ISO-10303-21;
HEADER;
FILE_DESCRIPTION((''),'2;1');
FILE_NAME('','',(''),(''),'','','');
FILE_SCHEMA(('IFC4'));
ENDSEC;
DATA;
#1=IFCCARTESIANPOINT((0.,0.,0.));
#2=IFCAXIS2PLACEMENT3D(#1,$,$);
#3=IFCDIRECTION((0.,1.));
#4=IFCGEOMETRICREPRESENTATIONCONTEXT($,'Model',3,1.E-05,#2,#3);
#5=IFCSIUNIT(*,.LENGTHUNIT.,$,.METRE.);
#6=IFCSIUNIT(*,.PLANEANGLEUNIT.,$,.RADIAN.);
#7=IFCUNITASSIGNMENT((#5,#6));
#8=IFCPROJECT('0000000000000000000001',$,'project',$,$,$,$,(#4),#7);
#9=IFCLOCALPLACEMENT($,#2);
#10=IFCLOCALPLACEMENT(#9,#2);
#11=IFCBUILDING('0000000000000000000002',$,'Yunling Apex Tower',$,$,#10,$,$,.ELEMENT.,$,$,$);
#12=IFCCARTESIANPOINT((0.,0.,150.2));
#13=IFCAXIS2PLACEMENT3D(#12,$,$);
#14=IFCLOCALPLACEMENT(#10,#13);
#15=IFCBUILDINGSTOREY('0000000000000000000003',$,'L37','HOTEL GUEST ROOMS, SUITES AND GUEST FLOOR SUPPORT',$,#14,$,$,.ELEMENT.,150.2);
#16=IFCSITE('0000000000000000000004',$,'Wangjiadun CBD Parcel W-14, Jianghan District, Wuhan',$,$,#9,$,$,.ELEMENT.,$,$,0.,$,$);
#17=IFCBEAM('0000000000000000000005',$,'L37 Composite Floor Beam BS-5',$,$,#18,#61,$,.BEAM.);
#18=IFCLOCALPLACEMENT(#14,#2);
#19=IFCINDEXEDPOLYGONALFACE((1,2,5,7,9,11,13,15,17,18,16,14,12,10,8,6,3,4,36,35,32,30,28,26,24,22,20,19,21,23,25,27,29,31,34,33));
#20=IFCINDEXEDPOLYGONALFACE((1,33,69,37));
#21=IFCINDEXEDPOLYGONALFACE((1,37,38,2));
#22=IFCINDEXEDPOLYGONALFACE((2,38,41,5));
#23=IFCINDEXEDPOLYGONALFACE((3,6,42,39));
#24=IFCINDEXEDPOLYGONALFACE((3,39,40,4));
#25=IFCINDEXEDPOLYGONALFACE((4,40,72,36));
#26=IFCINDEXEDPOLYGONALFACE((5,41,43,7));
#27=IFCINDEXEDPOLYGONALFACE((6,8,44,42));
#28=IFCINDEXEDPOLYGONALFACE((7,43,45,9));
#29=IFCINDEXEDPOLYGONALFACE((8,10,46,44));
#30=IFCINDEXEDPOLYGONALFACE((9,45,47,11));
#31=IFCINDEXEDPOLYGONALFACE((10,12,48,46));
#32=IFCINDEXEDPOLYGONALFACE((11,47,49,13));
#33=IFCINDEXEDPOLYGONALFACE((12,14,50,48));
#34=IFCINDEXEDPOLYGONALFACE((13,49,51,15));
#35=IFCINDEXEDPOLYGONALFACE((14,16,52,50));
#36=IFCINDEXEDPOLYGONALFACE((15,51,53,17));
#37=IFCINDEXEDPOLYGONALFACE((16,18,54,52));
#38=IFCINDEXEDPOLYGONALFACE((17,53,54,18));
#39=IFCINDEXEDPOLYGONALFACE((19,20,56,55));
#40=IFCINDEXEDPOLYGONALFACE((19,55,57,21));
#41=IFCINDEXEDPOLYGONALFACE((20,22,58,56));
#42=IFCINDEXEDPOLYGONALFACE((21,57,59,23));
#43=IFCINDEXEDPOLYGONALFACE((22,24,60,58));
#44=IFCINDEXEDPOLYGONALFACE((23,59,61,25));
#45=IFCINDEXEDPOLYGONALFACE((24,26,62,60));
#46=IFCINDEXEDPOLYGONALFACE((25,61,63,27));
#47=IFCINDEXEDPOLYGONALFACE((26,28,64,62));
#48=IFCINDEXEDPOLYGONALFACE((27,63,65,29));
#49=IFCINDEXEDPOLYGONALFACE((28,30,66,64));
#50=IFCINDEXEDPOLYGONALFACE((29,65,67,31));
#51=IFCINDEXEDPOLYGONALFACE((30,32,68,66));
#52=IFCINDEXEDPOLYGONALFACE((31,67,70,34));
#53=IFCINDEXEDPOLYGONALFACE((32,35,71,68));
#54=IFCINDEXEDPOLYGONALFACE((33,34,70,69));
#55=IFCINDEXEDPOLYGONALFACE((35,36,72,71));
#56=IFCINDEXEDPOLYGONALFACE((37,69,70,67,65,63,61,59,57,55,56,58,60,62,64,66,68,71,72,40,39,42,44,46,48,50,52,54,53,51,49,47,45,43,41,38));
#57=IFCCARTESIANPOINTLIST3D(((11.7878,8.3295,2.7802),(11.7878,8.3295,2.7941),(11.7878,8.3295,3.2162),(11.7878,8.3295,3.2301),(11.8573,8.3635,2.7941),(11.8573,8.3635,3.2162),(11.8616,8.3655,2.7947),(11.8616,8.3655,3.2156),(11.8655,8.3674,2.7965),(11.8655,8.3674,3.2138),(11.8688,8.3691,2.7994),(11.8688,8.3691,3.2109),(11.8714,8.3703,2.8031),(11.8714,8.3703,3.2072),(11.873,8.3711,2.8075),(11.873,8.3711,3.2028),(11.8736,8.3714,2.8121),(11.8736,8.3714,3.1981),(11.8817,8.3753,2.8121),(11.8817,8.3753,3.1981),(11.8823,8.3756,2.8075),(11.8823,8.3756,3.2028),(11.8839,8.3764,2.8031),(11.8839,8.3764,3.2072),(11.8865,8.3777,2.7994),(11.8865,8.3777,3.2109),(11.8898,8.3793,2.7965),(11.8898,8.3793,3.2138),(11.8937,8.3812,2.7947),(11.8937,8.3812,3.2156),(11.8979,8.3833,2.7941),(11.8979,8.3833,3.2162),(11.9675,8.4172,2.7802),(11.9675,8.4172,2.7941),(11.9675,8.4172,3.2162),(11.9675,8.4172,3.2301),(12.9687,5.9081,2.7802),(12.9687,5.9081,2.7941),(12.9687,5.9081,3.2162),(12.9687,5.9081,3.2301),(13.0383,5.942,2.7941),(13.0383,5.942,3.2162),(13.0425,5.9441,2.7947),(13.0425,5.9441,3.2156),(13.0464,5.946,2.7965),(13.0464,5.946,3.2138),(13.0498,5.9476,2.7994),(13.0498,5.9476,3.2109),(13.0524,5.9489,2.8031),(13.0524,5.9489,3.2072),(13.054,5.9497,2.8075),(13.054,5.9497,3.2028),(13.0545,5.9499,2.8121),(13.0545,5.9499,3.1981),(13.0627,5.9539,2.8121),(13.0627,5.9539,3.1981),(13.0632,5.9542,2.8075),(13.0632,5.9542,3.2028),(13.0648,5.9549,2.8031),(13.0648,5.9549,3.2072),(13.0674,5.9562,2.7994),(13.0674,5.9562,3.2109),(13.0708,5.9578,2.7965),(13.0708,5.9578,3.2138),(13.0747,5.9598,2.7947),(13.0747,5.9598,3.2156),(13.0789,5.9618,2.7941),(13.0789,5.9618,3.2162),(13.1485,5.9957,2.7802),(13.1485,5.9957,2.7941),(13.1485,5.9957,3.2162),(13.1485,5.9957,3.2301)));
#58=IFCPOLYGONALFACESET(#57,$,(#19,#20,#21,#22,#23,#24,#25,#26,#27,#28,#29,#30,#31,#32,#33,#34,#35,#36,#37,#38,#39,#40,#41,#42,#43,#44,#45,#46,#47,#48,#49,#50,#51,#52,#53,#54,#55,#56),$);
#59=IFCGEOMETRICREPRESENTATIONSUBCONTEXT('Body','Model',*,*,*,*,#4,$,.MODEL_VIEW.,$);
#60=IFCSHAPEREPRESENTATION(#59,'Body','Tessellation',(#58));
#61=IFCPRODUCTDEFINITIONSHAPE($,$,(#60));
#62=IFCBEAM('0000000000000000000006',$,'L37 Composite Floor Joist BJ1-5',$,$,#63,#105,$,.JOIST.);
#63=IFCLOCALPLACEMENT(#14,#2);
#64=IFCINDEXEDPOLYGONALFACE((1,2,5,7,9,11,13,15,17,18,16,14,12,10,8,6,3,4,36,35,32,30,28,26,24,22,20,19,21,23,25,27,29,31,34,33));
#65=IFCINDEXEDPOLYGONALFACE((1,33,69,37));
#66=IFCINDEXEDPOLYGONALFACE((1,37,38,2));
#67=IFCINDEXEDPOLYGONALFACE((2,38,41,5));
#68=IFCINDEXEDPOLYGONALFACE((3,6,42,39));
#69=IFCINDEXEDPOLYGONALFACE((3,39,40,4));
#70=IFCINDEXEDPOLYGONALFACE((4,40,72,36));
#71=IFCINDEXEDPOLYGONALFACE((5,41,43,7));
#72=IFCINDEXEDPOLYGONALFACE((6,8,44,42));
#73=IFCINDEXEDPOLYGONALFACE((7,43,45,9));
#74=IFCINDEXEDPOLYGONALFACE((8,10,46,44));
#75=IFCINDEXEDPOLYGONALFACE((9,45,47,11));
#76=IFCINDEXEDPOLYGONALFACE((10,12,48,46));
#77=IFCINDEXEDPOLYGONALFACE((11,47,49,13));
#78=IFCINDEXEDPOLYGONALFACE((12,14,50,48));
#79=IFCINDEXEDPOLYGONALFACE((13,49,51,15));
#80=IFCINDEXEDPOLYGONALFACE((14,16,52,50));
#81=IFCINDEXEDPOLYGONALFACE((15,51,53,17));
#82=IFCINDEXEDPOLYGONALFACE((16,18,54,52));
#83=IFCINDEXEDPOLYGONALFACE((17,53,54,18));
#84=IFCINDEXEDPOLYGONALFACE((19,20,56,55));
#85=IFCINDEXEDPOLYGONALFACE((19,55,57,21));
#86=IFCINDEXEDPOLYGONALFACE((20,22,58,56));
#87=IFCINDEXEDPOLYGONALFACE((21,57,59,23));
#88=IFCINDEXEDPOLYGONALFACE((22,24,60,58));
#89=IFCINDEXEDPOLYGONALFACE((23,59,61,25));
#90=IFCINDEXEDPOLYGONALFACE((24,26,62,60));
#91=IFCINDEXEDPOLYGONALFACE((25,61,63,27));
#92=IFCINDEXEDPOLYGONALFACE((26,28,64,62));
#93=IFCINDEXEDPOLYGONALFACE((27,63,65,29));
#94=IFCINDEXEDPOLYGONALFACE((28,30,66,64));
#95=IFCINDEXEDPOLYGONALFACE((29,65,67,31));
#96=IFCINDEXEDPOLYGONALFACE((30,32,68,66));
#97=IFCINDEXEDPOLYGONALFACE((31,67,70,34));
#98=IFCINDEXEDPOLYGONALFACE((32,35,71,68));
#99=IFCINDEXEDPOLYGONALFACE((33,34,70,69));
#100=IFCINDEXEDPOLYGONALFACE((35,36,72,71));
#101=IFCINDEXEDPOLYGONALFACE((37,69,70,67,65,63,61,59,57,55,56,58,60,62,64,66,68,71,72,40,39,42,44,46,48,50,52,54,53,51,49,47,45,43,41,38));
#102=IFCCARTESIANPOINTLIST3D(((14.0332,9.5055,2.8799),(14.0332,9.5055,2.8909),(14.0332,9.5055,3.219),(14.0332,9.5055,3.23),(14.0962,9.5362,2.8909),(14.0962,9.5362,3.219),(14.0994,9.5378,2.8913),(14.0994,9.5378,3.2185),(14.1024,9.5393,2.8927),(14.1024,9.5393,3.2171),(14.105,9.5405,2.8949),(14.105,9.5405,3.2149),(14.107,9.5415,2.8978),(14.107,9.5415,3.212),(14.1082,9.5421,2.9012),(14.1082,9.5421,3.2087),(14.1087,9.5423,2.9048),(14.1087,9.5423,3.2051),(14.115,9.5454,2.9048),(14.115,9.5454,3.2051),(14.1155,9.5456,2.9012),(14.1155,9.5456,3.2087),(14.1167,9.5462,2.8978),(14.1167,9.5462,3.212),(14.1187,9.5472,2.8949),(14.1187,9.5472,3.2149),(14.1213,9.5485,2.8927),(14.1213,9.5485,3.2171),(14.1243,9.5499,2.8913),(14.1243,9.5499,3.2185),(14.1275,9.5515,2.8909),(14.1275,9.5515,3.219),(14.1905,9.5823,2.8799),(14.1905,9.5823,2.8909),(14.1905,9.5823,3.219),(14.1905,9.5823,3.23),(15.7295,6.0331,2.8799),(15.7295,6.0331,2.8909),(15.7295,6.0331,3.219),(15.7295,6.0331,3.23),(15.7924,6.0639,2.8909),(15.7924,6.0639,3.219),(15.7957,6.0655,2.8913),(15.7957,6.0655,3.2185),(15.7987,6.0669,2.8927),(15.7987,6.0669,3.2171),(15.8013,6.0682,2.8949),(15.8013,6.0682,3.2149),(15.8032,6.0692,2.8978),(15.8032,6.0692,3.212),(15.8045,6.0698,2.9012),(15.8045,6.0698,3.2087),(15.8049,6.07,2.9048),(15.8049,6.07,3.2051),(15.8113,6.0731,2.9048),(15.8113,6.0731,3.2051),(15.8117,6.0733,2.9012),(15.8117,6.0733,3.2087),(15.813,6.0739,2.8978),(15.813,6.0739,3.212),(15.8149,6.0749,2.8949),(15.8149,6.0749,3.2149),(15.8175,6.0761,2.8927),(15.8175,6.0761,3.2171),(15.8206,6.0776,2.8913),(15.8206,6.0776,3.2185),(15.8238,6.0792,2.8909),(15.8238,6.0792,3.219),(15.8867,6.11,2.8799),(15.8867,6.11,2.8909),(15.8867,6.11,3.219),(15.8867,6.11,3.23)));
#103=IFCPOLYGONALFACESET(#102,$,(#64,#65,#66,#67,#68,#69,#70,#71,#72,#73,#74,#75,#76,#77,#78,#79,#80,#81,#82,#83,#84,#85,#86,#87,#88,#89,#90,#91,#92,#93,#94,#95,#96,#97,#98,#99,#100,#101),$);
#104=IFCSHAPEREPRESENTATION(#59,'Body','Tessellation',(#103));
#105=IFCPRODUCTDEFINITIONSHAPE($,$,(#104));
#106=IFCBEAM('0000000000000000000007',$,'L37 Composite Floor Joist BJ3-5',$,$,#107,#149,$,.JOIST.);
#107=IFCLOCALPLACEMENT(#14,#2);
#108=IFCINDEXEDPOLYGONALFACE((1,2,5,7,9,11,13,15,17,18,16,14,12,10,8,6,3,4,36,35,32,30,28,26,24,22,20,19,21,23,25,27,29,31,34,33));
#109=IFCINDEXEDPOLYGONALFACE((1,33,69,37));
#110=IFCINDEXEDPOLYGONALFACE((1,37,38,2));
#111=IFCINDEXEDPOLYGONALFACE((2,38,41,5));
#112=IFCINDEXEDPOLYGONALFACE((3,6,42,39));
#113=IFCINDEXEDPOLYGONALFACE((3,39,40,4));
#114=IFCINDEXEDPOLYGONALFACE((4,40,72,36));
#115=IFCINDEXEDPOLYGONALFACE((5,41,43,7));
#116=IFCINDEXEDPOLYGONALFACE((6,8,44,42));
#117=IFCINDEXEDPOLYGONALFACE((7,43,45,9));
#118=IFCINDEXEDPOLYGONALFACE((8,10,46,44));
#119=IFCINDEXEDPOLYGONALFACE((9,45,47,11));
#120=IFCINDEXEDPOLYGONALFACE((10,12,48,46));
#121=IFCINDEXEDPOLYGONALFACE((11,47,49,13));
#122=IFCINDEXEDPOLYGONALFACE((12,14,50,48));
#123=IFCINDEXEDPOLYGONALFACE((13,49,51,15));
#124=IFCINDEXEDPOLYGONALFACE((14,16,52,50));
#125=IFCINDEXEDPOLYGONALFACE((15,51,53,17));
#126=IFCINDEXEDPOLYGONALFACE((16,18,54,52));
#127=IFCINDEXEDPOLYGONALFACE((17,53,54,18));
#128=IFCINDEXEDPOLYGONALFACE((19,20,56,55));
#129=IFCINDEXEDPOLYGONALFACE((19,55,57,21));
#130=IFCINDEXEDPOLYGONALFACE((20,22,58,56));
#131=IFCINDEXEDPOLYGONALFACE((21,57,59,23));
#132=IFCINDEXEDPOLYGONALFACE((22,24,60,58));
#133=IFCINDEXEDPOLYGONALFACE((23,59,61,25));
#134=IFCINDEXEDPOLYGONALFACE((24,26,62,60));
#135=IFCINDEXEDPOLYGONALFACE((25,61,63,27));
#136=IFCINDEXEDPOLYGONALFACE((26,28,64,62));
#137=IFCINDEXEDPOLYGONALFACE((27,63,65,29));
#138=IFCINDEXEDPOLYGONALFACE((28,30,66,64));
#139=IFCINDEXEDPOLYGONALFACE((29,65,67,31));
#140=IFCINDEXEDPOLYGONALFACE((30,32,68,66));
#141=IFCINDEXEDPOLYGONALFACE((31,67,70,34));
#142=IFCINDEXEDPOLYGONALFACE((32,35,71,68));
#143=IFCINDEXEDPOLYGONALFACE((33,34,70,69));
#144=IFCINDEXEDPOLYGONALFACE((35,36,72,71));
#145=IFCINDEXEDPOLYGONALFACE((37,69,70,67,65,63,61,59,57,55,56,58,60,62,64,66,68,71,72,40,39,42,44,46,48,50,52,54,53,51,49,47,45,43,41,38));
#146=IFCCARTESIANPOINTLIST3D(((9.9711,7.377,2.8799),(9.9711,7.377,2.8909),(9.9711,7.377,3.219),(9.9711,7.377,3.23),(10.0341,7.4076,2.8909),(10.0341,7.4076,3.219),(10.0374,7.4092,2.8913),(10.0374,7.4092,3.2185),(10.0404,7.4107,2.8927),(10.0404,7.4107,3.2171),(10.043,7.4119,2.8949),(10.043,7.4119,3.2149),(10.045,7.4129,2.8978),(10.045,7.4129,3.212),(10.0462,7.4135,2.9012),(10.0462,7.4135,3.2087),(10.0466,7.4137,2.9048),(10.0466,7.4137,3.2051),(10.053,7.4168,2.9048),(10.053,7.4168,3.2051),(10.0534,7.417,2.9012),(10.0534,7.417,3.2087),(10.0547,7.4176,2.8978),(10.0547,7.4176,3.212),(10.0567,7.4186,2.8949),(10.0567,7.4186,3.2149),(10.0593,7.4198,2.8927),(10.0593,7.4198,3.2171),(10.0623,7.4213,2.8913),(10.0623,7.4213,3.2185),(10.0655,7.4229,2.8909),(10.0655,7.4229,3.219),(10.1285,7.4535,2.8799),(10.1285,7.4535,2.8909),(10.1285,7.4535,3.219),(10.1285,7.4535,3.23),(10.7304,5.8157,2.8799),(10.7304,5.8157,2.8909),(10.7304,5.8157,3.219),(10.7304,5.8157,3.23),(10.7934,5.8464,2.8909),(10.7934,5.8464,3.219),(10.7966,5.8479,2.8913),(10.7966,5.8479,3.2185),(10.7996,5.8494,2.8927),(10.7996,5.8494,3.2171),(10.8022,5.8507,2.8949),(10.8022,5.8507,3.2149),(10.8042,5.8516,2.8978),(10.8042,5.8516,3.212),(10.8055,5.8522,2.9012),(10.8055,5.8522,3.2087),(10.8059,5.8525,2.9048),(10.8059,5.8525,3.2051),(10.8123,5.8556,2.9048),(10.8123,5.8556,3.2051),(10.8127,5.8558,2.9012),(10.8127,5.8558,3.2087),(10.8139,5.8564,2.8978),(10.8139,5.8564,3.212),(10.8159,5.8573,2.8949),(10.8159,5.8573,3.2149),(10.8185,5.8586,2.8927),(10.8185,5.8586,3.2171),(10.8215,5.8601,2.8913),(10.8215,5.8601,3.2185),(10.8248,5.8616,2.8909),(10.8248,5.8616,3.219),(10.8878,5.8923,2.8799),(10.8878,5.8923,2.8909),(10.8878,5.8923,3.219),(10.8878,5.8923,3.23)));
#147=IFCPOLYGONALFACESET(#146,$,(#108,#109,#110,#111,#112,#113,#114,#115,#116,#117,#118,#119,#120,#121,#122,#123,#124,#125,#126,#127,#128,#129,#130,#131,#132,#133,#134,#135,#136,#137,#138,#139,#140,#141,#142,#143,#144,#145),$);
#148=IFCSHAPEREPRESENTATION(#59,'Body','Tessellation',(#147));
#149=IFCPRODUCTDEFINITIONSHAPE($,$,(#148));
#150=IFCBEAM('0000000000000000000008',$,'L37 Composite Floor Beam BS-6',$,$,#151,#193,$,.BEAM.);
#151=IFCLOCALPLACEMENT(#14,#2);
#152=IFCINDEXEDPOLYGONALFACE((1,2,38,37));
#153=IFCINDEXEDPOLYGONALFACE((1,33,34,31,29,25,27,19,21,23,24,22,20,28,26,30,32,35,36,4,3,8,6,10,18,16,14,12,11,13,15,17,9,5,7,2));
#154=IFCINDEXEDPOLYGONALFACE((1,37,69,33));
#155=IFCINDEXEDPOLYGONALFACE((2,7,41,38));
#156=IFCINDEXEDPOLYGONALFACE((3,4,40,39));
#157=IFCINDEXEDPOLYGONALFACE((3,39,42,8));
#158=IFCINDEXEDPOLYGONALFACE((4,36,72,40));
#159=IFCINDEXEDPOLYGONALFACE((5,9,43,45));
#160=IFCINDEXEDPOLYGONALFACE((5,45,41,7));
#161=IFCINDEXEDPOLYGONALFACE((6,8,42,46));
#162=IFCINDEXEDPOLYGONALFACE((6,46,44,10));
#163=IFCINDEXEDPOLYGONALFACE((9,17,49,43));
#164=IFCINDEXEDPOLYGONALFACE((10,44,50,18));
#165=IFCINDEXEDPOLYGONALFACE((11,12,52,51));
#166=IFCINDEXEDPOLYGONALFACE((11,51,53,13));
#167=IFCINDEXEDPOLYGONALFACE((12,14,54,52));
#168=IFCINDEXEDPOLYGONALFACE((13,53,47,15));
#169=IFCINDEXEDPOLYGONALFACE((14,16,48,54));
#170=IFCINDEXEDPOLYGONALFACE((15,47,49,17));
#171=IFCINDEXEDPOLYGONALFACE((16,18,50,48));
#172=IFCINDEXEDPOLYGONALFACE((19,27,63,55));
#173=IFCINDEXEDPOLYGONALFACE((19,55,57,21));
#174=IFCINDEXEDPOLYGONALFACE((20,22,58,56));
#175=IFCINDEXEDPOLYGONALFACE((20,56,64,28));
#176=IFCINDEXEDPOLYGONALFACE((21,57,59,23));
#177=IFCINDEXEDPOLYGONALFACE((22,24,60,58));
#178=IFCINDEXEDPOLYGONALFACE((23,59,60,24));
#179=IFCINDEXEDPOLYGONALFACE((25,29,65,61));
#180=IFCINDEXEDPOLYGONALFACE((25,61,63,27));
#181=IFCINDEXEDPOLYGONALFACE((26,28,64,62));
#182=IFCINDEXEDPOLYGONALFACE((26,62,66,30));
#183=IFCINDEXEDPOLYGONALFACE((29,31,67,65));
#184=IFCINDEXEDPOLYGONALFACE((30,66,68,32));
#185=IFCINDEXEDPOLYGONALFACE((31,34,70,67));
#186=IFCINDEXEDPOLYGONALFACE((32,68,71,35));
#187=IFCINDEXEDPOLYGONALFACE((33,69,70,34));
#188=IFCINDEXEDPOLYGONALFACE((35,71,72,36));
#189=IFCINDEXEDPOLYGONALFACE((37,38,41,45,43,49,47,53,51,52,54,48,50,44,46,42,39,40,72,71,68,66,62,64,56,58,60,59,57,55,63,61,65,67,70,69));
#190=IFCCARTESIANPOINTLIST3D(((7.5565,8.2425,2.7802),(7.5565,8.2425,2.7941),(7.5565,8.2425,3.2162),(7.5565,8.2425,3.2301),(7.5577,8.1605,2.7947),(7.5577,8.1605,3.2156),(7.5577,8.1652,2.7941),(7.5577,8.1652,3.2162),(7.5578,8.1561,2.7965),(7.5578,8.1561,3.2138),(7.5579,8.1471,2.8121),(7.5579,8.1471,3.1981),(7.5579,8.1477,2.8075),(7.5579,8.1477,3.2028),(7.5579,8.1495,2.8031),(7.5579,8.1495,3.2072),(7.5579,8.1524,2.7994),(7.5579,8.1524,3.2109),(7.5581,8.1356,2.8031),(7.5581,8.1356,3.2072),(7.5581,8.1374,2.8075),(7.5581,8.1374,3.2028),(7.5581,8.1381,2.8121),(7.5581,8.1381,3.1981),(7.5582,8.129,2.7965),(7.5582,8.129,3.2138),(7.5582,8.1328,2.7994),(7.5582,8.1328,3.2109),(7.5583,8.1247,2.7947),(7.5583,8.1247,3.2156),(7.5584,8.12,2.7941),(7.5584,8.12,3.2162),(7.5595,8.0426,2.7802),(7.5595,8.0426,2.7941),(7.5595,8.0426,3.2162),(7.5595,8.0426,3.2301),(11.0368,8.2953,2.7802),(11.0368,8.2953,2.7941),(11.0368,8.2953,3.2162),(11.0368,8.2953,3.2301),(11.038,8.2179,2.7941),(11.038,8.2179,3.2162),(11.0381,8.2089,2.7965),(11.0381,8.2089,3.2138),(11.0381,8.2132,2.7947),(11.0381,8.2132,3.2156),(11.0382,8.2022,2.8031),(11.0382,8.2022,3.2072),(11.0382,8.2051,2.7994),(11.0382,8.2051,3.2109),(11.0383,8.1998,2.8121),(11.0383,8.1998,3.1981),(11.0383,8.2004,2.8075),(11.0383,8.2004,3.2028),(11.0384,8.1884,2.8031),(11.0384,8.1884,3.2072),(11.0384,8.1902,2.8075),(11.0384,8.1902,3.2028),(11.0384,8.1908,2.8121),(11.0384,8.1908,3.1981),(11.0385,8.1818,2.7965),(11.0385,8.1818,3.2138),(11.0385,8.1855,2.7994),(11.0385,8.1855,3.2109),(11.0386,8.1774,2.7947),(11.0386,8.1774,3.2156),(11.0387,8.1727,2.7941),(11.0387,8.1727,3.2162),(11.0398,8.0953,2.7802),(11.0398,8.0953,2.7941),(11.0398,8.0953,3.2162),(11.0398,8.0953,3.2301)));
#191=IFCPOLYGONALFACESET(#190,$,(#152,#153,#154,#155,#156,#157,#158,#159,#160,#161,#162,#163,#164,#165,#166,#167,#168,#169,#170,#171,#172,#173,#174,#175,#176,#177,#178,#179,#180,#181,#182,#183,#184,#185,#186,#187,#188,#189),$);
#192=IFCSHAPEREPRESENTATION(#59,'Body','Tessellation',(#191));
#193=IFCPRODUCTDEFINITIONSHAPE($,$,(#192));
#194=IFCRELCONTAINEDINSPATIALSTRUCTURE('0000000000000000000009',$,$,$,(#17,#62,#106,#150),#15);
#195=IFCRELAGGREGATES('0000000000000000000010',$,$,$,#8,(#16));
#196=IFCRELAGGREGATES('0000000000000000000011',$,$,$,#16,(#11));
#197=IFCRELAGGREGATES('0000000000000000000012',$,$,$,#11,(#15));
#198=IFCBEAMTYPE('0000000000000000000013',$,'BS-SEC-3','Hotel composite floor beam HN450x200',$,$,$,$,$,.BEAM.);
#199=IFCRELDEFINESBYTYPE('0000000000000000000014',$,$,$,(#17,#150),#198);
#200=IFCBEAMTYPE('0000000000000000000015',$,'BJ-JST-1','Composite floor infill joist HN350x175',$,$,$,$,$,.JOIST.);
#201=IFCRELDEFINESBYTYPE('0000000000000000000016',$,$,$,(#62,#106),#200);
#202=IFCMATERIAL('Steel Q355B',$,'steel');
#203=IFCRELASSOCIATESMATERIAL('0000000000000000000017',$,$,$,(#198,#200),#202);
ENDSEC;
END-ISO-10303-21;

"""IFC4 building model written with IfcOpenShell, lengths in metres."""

from ifc_helpers import new_model, si_unit, direction, frame, origin, origin_2d, place, context, subcontext, project, spatial, i_section, extrude, source, transform, mapped, material, material_profile, profile_set, type_object, element, save


model = new_model("IFC4")

# Units and contexts
model_context = context("Model", 3, precision=1e-05, world=origin(), true_north=direction((0.0, 1.0)))
body_context = subcontext(model_context, "Body", "Model", "MODEL_VIEW")
ifc_project = project(units=[si_unit("LENGTHUNIT", "METRE"), si_unit("PLANEANGLEUNIT", "RADIAN")], contexts=[model_context])

# Site, building, storey
site_placement = place(None, origin())
site = spatial("IfcSite", under=ifc_project, at=site_placement, Name="Wangjiadun CBD Parcel W-14, Jianghan District, Wuhan", CompositionType="ELEMENT", RefElevation=0.0)
building_placement = place(site_placement, origin())
building = spatial("IfcBuilding", under=site, at=building_placement, Name="Yunling Apex Tower", CompositionType="ELEMENT")
storey_placement = place(building_placement, frame((0.0, 0.0, 150.2)))
storey = spatial("IfcBuildingStorey", under=building, at=storey_placement, Name="L37", Description="HOTEL GUEST ROOMS, SUITES AND GUEST FLOOR SUPPORT", CompositionType="ELEMENT", Elevation=150.2)

# Beams
ifc_material_1 = material(Name="Steel Q355B", Category="steel")
ifc_material_profile_1 = material_profile(ifc_material_1, i_section(OverallWidth=0.2, OverallDepth=0.45, WebThickness=0.009, FlangeThickness=0.0139, FilletRadius=0.0181, at=origin_2d()))
ifc_profile_set_1 = profile_set([ifc_material_profile_1], Name="Steel Q355B")
beam_type_1 = type_object("IfcBeamType", Name="BS-SEC-3", Description="Hotel composite floor beam HN450x200", PredefinedType="BEAM", material=ifc_profile_set_1)
shared_shape_1 = source(origin(), body_context, "Body", "SweptSolid", [
    extrude(i_section(OverallWidth=0.2, OverallDepth=0.45, WebThickness=0.009, FlangeThickness=0.0139, FilletRadius=0.0181, at=origin_2d()), origin(), (0.0, 0.0, 1.0), 2.6941),
])
beam_1_placement = place(storey_placement, frame((13.0586, 5.9519, 3.0051), z_axis=(-0.438347, 0.898806, 0.0), x_axis=(-0.898806, -0.438347, 0.0)))
element("IfcBeam", 1, at=beam_1_placement, inside=storey, type_object=beam_type_1, Name="L37 Composite Floor Beam BS-5", PredefinedType="BEAM", context=body_context, shape_type="MappedRepresentation", body=[
    mapped(shared_shape_1, transform((0.0, 0.0, 0.0), scale=1.0)),
])
ifc_material_profile_2 = material_profile(ifc_material_1, i_section(OverallWidth=0.175, OverallDepth=0.3501, WebThickness=0.0071, FlangeThickness=0.011, FilletRadius=0.0139, at=origin_2d()))
ifc_profile_set_2 = profile_set([ifc_material_profile_2], Name="Steel Q355B")
beam_type_2 = type_object("IfcBeamType", Name="BJ-JST-1", Description="Composite floor infill joist HN350x175", PredefinedType="JOIST", material=ifc_profile_set_2)
shared_shape_2 = source(origin(), body_context, "Body", "SweptSolid", [
    extrude(i_section(OverallWidth=0.175, OverallDepth=0.3501, WebThickness=0.0071, FlangeThickness=0.011, FilletRadius=0.0139, at=origin_2d()), origin(), (0.0, 0.0, 1.0), 3.8645),
])
beam_2_placement = place(storey_placement, frame((15.8081, 6.0715, 3.0549), z_axis=(-0.438931, 0.898521, 0.0), x_axis=(-0.898521, -0.438931, 0.0)))
element("IfcBeam", 2, at=beam_2_placement, inside=storey, type_object=beam_type_2, Name="L37 Composite Floor Joist BJ1-5", PredefinedType="JOIST", context=body_context, shape_type="MappedRepresentation", body=[
    mapped(shared_shape_2, transform((0.0, 0.0, 0.0), scale=1.0)),
])
shared_shape_3 = source(origin(), body_context, "Body", "SweptSolid", [
    extrude(i_section(OverallWidth=0.175, OverallDepth=0.3501, WebThickness=0.0071, FlangeThickness=0.011, FilletRadius=0.0139, at=origin_2d()), origin(), (0.0, 0.0, 1.0), 1.7361),
])
beam_3_placement = place(storey_placement, frame((10.8091, 5.854, 3.0549), z_axis=(-0.437343, 0.899295, 0.0), x_axis=(-0.899295, -0.437343, 0.0)))
element("IfcBeam", 3, at=beam_3_placement, inside=storey, type_object=beam_type_2, Name="L37 Composite Floor Joist BJ3-5", PredefinedType="JOIST", context=body_context, shape_type="MappedRepresentation", body=[
    mapped(shared_shape_3, transform((0.0, 0.0, 0.0), scale=1.0)),
])
shared_shape_4 = source(origin(), body_context, "Body", "SweptSolid", [
    extrude(i_section(OverallWidth=0.2, OverallDepth=0.45, WebThickness=0.009, FlangeThickness=0.0139, FilletRadius=0.0181, at=origin_2d()), origin(), (0.0, 0.0, 1.0), 3.4807),
])
beam_4_placement = place(storey_placement, frame((11.0383, 8.1953, 3.0051), z_axis=(-0.999885, -0.015151, 0.0), x_axis=(0.015151, -0.999885, 0.0)))
element("IfcBeam", 4, at=beam_4_placement, inside=storey, type_object=beam_type_1, Name="L37 Composite Floor Beam BS-6", PredefinedType="BEAM", context=body_context, shape_type="MappedRepresentation", body=[
    mapped(shared_shape_4, transform((0.0, 0.0, 0.0), scale=1.0)),
])

save(model, "model.ifc")
